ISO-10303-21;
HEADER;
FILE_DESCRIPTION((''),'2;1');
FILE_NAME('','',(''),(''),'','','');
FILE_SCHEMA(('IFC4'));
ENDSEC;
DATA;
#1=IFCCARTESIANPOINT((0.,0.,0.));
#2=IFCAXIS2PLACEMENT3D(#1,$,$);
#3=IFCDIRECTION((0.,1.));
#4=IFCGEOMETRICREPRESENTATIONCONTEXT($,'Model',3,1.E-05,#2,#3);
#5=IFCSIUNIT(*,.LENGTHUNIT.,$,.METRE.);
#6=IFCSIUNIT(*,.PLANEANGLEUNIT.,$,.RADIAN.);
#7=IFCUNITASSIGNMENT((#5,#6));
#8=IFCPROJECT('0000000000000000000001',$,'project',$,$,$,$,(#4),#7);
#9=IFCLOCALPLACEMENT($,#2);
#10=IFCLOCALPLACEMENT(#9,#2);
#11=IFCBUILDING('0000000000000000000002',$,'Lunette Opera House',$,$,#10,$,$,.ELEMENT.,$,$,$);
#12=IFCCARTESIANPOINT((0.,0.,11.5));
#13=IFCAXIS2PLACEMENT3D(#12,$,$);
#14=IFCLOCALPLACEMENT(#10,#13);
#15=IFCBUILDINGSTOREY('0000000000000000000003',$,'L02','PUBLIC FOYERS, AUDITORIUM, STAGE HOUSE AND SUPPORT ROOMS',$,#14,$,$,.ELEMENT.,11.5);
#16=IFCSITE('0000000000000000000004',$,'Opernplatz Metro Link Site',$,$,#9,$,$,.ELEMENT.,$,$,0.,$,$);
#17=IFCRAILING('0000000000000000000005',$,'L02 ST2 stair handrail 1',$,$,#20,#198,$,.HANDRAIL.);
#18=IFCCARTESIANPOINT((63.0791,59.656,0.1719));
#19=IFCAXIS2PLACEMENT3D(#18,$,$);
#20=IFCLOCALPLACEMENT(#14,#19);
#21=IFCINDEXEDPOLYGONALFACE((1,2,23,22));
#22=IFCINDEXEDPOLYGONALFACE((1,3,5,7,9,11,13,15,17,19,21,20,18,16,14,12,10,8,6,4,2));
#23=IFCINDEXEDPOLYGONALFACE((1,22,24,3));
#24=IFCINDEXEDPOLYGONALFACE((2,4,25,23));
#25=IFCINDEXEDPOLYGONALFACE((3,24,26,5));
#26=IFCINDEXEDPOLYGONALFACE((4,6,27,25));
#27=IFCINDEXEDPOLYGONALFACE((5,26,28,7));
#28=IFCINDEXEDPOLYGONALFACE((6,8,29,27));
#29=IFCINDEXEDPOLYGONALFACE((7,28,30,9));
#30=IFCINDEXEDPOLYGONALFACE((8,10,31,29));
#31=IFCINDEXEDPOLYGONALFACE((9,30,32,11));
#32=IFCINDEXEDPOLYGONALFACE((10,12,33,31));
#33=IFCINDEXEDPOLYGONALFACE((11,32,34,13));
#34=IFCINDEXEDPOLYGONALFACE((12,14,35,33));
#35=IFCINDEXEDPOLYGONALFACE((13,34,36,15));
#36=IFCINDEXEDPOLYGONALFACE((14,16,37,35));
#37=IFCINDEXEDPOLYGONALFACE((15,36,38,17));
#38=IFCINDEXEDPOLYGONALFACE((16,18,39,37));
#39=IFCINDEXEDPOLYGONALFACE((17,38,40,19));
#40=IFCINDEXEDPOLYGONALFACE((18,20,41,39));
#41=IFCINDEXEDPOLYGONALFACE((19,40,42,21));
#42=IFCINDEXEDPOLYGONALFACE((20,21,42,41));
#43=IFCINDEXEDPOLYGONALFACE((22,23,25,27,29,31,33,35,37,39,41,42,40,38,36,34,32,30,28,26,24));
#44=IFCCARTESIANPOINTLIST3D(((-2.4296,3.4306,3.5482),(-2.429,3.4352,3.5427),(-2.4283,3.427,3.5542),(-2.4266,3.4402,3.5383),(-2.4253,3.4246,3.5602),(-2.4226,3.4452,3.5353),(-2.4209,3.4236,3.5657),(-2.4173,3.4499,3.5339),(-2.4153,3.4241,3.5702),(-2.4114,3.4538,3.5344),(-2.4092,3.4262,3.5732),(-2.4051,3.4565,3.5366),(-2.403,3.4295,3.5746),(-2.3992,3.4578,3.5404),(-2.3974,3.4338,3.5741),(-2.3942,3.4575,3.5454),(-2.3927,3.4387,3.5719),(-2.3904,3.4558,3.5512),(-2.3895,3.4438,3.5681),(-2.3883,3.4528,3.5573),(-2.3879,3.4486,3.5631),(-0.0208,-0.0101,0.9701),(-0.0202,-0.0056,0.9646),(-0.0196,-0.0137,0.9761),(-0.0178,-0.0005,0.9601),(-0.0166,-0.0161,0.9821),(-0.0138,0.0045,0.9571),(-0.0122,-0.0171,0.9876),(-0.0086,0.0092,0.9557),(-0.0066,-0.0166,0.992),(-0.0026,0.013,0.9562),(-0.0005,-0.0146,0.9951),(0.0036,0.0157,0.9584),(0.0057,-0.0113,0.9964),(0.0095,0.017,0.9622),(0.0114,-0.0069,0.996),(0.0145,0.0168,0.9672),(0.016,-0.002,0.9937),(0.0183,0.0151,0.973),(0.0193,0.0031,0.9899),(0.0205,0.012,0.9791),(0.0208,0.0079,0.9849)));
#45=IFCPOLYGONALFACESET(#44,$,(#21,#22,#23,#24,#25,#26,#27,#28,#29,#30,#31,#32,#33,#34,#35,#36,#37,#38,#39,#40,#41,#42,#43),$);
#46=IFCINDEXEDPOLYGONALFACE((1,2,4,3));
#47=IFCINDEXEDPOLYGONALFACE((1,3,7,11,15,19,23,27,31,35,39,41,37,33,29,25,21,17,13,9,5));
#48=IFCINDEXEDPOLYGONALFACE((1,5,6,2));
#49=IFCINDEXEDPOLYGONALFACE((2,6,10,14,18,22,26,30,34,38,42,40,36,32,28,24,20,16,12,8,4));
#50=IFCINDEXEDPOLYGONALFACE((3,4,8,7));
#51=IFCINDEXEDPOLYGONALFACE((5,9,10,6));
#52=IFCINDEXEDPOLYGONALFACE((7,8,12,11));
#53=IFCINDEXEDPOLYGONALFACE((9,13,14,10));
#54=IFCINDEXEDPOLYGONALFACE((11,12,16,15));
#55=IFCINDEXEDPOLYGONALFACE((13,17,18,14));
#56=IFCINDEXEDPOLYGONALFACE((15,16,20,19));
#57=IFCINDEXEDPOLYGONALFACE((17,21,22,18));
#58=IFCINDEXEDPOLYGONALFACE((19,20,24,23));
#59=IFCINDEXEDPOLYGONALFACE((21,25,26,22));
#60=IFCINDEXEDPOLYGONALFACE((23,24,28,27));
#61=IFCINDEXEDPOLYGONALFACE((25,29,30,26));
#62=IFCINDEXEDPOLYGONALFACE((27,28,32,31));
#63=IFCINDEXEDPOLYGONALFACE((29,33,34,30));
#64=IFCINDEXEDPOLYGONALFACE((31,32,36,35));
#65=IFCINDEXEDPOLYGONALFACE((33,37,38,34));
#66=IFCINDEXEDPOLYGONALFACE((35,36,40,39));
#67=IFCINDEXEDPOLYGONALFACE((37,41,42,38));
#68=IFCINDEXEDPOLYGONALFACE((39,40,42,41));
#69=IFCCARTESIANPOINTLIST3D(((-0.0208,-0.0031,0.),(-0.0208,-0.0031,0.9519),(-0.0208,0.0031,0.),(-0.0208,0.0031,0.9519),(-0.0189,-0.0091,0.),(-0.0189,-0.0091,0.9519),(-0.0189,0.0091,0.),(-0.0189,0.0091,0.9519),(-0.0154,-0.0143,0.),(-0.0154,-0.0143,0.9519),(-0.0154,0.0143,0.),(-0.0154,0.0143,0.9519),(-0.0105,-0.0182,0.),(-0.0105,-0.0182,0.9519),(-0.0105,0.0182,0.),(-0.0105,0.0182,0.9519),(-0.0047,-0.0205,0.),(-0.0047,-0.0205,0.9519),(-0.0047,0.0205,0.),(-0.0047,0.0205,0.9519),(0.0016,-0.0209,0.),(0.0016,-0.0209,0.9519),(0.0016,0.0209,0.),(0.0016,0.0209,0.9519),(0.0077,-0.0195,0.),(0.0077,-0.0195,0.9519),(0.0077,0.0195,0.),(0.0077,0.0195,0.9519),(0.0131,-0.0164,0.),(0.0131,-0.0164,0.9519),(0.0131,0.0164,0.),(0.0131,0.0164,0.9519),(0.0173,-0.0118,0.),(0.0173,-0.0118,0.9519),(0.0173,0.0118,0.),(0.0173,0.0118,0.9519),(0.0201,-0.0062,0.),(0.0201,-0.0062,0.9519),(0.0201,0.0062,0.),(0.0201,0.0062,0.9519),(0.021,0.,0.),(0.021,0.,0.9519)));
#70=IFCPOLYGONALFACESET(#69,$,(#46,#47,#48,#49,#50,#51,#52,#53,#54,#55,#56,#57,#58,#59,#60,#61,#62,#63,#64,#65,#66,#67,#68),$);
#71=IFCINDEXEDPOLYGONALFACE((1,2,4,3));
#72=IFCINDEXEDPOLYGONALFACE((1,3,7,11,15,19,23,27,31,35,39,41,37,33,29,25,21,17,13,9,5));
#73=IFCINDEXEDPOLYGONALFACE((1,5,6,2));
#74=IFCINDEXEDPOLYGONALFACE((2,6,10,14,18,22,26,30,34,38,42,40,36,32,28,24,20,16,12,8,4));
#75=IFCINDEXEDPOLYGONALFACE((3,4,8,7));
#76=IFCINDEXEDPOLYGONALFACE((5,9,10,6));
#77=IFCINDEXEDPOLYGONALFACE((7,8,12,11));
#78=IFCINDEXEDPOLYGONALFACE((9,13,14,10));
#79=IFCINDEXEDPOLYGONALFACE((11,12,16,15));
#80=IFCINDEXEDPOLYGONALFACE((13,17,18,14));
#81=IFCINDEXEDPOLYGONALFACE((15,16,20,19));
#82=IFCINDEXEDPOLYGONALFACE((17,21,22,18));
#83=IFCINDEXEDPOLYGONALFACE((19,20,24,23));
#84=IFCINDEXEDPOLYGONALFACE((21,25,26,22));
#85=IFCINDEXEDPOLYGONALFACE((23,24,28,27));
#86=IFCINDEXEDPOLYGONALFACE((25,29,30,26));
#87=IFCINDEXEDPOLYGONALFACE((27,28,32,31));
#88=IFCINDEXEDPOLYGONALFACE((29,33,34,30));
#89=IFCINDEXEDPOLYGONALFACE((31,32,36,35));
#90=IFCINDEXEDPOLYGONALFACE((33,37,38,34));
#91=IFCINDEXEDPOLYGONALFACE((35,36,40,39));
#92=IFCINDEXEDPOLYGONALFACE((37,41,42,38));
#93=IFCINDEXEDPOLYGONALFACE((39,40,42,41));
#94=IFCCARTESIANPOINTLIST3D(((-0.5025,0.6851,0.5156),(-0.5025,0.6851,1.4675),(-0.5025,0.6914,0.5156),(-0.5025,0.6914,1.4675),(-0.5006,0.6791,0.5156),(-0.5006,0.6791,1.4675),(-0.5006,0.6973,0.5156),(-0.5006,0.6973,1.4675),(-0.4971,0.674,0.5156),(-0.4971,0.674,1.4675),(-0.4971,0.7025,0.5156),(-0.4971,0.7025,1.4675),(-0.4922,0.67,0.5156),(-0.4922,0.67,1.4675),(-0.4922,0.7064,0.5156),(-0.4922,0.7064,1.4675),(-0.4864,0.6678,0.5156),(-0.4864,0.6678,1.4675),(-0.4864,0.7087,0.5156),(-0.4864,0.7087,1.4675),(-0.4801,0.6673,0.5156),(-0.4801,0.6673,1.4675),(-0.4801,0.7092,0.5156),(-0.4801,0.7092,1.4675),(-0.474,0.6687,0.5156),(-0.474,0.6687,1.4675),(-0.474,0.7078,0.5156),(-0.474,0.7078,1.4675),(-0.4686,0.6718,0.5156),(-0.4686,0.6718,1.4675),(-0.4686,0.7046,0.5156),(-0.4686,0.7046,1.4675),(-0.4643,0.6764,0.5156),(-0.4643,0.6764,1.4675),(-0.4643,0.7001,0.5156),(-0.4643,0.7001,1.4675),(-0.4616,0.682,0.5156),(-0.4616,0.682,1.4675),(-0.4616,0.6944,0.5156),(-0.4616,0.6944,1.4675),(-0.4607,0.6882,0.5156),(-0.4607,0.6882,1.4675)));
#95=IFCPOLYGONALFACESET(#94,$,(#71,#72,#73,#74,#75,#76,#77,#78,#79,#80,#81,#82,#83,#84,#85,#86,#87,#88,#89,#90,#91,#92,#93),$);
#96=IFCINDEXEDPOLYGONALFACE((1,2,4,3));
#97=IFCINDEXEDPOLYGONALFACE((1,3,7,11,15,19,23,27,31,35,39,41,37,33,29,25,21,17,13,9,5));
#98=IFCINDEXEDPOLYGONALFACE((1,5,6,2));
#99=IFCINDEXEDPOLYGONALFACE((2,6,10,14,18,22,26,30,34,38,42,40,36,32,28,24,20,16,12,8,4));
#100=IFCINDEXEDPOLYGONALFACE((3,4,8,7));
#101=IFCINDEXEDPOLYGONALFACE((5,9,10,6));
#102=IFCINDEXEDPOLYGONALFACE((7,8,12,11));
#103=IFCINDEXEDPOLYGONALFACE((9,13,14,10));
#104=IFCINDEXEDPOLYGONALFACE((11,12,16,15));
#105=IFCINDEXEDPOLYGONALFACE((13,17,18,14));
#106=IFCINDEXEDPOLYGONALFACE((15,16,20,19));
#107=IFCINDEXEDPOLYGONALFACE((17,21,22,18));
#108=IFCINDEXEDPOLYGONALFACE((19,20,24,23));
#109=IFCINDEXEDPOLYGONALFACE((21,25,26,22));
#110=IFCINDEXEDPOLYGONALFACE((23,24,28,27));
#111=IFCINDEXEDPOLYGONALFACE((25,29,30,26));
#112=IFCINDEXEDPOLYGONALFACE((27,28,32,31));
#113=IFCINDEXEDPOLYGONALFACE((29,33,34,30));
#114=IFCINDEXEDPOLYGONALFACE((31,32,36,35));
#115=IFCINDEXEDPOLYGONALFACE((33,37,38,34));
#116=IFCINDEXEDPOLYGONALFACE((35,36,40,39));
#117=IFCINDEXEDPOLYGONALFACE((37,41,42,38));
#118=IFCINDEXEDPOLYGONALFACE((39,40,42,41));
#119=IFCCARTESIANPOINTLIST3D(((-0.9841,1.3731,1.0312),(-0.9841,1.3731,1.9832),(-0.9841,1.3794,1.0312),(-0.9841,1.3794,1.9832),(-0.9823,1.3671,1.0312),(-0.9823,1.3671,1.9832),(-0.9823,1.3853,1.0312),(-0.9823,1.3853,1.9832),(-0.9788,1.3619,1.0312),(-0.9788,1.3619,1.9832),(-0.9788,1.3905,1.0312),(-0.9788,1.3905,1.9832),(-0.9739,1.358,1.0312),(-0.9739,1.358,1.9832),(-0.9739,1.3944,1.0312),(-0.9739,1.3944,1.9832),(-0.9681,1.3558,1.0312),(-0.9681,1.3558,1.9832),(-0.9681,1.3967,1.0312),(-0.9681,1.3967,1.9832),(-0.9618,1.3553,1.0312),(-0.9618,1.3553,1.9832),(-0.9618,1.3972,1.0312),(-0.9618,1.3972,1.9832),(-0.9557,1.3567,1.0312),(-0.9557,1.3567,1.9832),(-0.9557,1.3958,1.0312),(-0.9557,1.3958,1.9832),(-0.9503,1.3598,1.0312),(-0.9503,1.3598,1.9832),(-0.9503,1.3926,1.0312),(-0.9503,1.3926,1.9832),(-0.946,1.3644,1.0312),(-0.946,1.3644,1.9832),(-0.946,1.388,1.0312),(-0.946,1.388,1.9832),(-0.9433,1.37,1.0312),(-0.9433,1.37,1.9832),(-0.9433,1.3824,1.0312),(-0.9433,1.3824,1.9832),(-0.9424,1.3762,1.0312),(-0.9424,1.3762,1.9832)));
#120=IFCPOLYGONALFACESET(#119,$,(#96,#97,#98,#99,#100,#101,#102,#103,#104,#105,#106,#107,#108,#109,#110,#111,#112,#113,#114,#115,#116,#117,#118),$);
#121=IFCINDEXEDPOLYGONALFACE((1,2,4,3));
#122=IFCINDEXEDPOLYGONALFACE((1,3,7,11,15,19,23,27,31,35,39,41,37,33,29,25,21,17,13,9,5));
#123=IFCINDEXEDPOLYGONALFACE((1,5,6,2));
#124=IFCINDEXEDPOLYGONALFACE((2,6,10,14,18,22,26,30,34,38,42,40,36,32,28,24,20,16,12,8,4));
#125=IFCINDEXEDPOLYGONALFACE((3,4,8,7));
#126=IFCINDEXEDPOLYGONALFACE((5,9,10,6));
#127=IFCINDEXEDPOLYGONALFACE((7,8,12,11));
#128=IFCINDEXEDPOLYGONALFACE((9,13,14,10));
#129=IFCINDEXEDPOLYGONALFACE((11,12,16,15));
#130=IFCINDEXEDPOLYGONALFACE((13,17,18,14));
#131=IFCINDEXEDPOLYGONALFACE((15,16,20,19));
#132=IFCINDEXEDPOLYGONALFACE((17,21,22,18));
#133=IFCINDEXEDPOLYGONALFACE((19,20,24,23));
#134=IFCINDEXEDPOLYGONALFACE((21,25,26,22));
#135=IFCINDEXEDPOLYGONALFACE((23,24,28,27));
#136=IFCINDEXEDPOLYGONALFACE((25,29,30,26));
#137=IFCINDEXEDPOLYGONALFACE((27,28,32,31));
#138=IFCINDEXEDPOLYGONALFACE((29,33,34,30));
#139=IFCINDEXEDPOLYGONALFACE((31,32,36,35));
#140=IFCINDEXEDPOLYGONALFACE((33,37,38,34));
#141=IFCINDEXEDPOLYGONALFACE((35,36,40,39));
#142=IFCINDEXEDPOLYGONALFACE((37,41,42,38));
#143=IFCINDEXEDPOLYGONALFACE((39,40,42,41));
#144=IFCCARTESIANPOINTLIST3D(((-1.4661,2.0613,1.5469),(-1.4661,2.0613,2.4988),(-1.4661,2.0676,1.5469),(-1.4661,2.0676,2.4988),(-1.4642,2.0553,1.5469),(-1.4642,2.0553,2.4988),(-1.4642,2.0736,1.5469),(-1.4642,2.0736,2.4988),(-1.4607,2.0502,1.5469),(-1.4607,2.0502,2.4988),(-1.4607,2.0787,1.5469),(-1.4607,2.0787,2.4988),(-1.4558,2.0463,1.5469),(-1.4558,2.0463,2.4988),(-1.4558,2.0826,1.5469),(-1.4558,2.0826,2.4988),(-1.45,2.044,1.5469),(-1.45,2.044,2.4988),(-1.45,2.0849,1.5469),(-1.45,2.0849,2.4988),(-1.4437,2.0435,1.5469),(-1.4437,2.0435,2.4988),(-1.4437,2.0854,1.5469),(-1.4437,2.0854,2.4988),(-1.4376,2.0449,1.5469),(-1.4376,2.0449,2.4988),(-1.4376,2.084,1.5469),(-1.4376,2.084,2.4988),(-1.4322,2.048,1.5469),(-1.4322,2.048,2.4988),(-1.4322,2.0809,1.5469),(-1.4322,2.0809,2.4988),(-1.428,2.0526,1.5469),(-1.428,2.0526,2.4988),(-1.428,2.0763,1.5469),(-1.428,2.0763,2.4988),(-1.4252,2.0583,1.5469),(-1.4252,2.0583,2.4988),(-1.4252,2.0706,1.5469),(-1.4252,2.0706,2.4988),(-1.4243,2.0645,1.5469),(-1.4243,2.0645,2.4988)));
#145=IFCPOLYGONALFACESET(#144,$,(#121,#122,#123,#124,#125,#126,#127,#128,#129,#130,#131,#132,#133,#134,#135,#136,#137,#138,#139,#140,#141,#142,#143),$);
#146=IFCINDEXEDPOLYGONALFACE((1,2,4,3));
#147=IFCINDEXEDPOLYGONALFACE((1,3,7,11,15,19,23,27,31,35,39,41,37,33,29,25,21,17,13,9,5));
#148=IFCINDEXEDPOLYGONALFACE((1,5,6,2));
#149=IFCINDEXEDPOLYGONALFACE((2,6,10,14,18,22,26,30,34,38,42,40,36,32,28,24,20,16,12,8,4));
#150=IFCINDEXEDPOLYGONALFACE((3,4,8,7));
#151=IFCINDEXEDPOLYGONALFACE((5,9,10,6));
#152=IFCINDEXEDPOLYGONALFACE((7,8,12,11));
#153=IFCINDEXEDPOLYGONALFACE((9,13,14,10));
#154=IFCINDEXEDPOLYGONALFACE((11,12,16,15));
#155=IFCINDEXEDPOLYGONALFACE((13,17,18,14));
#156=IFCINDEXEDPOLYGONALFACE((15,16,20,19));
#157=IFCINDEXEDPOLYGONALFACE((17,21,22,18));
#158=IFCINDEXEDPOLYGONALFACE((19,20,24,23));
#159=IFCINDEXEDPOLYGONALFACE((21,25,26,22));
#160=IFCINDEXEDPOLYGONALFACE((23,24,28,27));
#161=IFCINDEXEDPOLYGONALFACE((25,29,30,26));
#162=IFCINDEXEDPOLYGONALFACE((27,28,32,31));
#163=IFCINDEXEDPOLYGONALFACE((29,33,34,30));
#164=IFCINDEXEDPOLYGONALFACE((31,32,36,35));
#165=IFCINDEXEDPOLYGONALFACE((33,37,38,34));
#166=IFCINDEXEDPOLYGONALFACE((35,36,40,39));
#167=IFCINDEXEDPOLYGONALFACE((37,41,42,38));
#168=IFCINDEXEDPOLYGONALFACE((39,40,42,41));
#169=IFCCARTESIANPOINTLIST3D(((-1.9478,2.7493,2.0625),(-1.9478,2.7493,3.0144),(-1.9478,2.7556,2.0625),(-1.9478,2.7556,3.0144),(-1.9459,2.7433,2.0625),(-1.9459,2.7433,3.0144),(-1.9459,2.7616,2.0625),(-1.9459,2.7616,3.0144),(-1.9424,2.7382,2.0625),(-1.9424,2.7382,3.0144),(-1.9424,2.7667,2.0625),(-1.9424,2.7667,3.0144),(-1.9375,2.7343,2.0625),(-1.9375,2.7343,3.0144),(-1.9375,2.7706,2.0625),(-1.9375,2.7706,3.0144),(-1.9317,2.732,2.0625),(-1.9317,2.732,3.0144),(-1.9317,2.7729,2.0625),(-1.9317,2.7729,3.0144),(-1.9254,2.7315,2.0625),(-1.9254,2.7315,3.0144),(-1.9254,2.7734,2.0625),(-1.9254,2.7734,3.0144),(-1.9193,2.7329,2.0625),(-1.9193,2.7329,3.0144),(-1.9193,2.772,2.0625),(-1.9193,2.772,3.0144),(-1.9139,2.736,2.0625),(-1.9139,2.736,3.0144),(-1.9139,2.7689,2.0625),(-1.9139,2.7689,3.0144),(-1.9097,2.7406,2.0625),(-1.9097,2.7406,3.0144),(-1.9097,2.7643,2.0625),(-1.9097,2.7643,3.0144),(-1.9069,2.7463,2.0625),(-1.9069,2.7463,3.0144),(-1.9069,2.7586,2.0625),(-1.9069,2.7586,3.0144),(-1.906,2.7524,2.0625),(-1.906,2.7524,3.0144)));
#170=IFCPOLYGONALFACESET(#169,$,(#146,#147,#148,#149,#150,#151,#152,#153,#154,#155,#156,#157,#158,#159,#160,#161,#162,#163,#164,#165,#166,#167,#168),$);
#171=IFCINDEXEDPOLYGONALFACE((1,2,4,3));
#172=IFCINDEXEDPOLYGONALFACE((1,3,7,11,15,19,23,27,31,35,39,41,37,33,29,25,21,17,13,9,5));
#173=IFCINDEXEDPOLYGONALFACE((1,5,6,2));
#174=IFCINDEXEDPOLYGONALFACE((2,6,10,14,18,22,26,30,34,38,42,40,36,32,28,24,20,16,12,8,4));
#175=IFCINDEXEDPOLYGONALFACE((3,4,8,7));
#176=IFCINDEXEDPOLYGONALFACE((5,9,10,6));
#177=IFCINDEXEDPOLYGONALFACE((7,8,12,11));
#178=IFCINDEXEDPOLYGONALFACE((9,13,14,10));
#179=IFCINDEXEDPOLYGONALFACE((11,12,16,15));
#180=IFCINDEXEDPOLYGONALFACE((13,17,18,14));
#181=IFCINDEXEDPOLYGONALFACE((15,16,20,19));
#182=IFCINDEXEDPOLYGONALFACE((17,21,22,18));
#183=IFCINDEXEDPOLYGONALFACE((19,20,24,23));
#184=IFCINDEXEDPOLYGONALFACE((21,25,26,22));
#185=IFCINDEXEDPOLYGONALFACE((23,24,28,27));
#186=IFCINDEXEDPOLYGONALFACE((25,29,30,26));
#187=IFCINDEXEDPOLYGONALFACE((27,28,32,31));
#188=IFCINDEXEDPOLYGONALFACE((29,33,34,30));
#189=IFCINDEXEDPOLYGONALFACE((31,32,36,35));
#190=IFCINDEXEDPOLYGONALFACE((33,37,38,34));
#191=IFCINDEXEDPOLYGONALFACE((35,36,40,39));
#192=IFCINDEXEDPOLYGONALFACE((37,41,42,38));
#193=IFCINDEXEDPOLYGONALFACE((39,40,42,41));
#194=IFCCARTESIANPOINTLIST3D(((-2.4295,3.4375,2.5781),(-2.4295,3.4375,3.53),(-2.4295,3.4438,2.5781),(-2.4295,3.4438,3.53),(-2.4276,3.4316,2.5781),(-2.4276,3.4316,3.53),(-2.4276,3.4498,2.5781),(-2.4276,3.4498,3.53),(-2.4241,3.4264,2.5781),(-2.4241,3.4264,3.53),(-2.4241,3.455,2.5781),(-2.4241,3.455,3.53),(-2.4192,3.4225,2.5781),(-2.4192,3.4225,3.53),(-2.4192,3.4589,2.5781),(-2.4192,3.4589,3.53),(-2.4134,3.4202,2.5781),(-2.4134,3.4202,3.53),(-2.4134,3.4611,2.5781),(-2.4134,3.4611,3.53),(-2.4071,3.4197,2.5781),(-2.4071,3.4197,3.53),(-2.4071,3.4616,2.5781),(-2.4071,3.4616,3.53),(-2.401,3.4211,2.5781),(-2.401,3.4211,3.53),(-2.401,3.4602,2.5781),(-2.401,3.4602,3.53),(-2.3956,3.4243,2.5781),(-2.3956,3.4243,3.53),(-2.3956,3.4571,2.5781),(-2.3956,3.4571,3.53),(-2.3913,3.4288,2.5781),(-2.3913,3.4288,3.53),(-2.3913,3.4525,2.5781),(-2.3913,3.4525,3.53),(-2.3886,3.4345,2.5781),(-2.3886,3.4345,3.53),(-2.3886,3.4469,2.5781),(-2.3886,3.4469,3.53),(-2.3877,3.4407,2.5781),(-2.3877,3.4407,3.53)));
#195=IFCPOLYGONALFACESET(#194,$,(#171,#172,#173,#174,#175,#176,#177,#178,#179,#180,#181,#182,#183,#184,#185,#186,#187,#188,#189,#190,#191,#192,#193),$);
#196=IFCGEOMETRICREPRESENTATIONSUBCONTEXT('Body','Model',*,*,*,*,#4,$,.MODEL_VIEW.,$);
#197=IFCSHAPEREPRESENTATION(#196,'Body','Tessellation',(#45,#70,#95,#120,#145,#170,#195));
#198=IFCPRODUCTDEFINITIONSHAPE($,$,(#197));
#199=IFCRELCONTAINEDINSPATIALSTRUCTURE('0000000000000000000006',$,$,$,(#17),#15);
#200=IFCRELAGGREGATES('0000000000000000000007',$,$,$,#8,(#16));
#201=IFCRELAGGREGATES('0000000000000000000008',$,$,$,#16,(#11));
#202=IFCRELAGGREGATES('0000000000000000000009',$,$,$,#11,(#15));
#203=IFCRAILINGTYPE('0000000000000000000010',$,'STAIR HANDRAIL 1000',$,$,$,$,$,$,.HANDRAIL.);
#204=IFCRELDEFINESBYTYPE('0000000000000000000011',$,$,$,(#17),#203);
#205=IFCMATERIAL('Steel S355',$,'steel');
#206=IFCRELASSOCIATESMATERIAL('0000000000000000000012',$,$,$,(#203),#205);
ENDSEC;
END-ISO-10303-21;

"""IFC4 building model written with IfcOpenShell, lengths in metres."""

from ifc_helpers import new_model, si_unit, direction, frame, origin, origin_2d, place, context, subcontext, project, spatial, circle, extrude, material, type_object, element, save


model = new_model("IFC4")

# Units and contexts
model_context = context("Model", 3, precision=1e-05, world=origin(), true_north=direction((0.0, 1.0)))
body_context = subcontext(model_context, "Body", "Model", "MODEL_VIEW")
ifc_project = project(units=[si_unit("LENGTHUNIT", "METRE"), si_unit("PLANEANGLEUNIT", "RADIAN")], contexts=[model_context])

# Site, building, storey
site_placement = place(None, origin())
site = spatial("IfcSite", under=ifc_project, at=site_placement, Name="Opernplatz Metro Link Site", CompositionType="ELEMENT", RefElevation=0.0)
building_placement = place(site_placement, origin())
building = spatial("IfcBuilding", under=site, at=building_placement, Name="Lunette Opera House", CompositionType="ELEMENT")
storey_placement = place(building_placement, frame((0.0, 0.0, 11.5)))
storey = spatial("IfcBuildingStorey", under=building, at=storey_placement, Name="L02", Description="PUBLIC FOYERS, AUDITORIUM, STAGE HOUSE AND SUPPORT ROOMS", CompositionType="ELEMENT", Elevation=11.5)

# Railing
ifc_material_1 = material(Name="Steel S355", Category="steel")
railing_type_1 = type_object("IfcRailingType", Name="STAIR HANDRAIL 1000", PredefinedType="HANDRAIL", material=ifc_material_1)
railing_1_placement = place(storey_placement, frame((63.0791, 59.656, 0.1719)))
element("IfcRailing", 1, at=railing_1_placement, inside=storey, type_object=railing_type_1, Name="L02 ST2 stair handrail 1", PredefinedType="HANDRAIL", context=body_context, shape_type="SweptSolid", body=[
    extrude(circle(Radius=0.0239, at=origin_2d()), frame((0.0, 0.0, 0.9761), z_axis=(-0.488761, 0.698166, 0.523142), x_axis=(-0.819207, -0.573497, 0.0)), (0.0, 0.0, 1.0), 4.9282),
    extrude(circle(Radius=0.021, at=origin_2d()), origin(), (0.0, 0.0, 1.0), 0.9519),
    extrude(circle(Radius=0.021, at=origin_2d()), frame((-0.4817, 0.6882, 0.5156)), (0.0, 0.0, 1.0), 0.9519),
    extrude(circle(Radius=0.021, at=origin_2d()), frame((-0.9634, 1.3762, 1.0312)), (0.0, 0.0, 1.0), 0.9519),
    extrude(circle(Radius=0.021, at=origin_2d()), frame((-1.4453, 2.0645, 1.5469)), (0.0, 0.0, 1.0), 0.9519),
    extrude(circle(Radius=0.021, at=origin_2d()), frame((-1.927, 2.7524, 2.0625)), (0.0, 0.0, 1.0), 0.9519),
    extrude(circle(Radius=0.021, at=origin_2d()), frame((-2.4087, 3.4407, 2.5781)), (0.0, 0.0, 1.0), 0.9519),
])

save(model, "model.ifc")
